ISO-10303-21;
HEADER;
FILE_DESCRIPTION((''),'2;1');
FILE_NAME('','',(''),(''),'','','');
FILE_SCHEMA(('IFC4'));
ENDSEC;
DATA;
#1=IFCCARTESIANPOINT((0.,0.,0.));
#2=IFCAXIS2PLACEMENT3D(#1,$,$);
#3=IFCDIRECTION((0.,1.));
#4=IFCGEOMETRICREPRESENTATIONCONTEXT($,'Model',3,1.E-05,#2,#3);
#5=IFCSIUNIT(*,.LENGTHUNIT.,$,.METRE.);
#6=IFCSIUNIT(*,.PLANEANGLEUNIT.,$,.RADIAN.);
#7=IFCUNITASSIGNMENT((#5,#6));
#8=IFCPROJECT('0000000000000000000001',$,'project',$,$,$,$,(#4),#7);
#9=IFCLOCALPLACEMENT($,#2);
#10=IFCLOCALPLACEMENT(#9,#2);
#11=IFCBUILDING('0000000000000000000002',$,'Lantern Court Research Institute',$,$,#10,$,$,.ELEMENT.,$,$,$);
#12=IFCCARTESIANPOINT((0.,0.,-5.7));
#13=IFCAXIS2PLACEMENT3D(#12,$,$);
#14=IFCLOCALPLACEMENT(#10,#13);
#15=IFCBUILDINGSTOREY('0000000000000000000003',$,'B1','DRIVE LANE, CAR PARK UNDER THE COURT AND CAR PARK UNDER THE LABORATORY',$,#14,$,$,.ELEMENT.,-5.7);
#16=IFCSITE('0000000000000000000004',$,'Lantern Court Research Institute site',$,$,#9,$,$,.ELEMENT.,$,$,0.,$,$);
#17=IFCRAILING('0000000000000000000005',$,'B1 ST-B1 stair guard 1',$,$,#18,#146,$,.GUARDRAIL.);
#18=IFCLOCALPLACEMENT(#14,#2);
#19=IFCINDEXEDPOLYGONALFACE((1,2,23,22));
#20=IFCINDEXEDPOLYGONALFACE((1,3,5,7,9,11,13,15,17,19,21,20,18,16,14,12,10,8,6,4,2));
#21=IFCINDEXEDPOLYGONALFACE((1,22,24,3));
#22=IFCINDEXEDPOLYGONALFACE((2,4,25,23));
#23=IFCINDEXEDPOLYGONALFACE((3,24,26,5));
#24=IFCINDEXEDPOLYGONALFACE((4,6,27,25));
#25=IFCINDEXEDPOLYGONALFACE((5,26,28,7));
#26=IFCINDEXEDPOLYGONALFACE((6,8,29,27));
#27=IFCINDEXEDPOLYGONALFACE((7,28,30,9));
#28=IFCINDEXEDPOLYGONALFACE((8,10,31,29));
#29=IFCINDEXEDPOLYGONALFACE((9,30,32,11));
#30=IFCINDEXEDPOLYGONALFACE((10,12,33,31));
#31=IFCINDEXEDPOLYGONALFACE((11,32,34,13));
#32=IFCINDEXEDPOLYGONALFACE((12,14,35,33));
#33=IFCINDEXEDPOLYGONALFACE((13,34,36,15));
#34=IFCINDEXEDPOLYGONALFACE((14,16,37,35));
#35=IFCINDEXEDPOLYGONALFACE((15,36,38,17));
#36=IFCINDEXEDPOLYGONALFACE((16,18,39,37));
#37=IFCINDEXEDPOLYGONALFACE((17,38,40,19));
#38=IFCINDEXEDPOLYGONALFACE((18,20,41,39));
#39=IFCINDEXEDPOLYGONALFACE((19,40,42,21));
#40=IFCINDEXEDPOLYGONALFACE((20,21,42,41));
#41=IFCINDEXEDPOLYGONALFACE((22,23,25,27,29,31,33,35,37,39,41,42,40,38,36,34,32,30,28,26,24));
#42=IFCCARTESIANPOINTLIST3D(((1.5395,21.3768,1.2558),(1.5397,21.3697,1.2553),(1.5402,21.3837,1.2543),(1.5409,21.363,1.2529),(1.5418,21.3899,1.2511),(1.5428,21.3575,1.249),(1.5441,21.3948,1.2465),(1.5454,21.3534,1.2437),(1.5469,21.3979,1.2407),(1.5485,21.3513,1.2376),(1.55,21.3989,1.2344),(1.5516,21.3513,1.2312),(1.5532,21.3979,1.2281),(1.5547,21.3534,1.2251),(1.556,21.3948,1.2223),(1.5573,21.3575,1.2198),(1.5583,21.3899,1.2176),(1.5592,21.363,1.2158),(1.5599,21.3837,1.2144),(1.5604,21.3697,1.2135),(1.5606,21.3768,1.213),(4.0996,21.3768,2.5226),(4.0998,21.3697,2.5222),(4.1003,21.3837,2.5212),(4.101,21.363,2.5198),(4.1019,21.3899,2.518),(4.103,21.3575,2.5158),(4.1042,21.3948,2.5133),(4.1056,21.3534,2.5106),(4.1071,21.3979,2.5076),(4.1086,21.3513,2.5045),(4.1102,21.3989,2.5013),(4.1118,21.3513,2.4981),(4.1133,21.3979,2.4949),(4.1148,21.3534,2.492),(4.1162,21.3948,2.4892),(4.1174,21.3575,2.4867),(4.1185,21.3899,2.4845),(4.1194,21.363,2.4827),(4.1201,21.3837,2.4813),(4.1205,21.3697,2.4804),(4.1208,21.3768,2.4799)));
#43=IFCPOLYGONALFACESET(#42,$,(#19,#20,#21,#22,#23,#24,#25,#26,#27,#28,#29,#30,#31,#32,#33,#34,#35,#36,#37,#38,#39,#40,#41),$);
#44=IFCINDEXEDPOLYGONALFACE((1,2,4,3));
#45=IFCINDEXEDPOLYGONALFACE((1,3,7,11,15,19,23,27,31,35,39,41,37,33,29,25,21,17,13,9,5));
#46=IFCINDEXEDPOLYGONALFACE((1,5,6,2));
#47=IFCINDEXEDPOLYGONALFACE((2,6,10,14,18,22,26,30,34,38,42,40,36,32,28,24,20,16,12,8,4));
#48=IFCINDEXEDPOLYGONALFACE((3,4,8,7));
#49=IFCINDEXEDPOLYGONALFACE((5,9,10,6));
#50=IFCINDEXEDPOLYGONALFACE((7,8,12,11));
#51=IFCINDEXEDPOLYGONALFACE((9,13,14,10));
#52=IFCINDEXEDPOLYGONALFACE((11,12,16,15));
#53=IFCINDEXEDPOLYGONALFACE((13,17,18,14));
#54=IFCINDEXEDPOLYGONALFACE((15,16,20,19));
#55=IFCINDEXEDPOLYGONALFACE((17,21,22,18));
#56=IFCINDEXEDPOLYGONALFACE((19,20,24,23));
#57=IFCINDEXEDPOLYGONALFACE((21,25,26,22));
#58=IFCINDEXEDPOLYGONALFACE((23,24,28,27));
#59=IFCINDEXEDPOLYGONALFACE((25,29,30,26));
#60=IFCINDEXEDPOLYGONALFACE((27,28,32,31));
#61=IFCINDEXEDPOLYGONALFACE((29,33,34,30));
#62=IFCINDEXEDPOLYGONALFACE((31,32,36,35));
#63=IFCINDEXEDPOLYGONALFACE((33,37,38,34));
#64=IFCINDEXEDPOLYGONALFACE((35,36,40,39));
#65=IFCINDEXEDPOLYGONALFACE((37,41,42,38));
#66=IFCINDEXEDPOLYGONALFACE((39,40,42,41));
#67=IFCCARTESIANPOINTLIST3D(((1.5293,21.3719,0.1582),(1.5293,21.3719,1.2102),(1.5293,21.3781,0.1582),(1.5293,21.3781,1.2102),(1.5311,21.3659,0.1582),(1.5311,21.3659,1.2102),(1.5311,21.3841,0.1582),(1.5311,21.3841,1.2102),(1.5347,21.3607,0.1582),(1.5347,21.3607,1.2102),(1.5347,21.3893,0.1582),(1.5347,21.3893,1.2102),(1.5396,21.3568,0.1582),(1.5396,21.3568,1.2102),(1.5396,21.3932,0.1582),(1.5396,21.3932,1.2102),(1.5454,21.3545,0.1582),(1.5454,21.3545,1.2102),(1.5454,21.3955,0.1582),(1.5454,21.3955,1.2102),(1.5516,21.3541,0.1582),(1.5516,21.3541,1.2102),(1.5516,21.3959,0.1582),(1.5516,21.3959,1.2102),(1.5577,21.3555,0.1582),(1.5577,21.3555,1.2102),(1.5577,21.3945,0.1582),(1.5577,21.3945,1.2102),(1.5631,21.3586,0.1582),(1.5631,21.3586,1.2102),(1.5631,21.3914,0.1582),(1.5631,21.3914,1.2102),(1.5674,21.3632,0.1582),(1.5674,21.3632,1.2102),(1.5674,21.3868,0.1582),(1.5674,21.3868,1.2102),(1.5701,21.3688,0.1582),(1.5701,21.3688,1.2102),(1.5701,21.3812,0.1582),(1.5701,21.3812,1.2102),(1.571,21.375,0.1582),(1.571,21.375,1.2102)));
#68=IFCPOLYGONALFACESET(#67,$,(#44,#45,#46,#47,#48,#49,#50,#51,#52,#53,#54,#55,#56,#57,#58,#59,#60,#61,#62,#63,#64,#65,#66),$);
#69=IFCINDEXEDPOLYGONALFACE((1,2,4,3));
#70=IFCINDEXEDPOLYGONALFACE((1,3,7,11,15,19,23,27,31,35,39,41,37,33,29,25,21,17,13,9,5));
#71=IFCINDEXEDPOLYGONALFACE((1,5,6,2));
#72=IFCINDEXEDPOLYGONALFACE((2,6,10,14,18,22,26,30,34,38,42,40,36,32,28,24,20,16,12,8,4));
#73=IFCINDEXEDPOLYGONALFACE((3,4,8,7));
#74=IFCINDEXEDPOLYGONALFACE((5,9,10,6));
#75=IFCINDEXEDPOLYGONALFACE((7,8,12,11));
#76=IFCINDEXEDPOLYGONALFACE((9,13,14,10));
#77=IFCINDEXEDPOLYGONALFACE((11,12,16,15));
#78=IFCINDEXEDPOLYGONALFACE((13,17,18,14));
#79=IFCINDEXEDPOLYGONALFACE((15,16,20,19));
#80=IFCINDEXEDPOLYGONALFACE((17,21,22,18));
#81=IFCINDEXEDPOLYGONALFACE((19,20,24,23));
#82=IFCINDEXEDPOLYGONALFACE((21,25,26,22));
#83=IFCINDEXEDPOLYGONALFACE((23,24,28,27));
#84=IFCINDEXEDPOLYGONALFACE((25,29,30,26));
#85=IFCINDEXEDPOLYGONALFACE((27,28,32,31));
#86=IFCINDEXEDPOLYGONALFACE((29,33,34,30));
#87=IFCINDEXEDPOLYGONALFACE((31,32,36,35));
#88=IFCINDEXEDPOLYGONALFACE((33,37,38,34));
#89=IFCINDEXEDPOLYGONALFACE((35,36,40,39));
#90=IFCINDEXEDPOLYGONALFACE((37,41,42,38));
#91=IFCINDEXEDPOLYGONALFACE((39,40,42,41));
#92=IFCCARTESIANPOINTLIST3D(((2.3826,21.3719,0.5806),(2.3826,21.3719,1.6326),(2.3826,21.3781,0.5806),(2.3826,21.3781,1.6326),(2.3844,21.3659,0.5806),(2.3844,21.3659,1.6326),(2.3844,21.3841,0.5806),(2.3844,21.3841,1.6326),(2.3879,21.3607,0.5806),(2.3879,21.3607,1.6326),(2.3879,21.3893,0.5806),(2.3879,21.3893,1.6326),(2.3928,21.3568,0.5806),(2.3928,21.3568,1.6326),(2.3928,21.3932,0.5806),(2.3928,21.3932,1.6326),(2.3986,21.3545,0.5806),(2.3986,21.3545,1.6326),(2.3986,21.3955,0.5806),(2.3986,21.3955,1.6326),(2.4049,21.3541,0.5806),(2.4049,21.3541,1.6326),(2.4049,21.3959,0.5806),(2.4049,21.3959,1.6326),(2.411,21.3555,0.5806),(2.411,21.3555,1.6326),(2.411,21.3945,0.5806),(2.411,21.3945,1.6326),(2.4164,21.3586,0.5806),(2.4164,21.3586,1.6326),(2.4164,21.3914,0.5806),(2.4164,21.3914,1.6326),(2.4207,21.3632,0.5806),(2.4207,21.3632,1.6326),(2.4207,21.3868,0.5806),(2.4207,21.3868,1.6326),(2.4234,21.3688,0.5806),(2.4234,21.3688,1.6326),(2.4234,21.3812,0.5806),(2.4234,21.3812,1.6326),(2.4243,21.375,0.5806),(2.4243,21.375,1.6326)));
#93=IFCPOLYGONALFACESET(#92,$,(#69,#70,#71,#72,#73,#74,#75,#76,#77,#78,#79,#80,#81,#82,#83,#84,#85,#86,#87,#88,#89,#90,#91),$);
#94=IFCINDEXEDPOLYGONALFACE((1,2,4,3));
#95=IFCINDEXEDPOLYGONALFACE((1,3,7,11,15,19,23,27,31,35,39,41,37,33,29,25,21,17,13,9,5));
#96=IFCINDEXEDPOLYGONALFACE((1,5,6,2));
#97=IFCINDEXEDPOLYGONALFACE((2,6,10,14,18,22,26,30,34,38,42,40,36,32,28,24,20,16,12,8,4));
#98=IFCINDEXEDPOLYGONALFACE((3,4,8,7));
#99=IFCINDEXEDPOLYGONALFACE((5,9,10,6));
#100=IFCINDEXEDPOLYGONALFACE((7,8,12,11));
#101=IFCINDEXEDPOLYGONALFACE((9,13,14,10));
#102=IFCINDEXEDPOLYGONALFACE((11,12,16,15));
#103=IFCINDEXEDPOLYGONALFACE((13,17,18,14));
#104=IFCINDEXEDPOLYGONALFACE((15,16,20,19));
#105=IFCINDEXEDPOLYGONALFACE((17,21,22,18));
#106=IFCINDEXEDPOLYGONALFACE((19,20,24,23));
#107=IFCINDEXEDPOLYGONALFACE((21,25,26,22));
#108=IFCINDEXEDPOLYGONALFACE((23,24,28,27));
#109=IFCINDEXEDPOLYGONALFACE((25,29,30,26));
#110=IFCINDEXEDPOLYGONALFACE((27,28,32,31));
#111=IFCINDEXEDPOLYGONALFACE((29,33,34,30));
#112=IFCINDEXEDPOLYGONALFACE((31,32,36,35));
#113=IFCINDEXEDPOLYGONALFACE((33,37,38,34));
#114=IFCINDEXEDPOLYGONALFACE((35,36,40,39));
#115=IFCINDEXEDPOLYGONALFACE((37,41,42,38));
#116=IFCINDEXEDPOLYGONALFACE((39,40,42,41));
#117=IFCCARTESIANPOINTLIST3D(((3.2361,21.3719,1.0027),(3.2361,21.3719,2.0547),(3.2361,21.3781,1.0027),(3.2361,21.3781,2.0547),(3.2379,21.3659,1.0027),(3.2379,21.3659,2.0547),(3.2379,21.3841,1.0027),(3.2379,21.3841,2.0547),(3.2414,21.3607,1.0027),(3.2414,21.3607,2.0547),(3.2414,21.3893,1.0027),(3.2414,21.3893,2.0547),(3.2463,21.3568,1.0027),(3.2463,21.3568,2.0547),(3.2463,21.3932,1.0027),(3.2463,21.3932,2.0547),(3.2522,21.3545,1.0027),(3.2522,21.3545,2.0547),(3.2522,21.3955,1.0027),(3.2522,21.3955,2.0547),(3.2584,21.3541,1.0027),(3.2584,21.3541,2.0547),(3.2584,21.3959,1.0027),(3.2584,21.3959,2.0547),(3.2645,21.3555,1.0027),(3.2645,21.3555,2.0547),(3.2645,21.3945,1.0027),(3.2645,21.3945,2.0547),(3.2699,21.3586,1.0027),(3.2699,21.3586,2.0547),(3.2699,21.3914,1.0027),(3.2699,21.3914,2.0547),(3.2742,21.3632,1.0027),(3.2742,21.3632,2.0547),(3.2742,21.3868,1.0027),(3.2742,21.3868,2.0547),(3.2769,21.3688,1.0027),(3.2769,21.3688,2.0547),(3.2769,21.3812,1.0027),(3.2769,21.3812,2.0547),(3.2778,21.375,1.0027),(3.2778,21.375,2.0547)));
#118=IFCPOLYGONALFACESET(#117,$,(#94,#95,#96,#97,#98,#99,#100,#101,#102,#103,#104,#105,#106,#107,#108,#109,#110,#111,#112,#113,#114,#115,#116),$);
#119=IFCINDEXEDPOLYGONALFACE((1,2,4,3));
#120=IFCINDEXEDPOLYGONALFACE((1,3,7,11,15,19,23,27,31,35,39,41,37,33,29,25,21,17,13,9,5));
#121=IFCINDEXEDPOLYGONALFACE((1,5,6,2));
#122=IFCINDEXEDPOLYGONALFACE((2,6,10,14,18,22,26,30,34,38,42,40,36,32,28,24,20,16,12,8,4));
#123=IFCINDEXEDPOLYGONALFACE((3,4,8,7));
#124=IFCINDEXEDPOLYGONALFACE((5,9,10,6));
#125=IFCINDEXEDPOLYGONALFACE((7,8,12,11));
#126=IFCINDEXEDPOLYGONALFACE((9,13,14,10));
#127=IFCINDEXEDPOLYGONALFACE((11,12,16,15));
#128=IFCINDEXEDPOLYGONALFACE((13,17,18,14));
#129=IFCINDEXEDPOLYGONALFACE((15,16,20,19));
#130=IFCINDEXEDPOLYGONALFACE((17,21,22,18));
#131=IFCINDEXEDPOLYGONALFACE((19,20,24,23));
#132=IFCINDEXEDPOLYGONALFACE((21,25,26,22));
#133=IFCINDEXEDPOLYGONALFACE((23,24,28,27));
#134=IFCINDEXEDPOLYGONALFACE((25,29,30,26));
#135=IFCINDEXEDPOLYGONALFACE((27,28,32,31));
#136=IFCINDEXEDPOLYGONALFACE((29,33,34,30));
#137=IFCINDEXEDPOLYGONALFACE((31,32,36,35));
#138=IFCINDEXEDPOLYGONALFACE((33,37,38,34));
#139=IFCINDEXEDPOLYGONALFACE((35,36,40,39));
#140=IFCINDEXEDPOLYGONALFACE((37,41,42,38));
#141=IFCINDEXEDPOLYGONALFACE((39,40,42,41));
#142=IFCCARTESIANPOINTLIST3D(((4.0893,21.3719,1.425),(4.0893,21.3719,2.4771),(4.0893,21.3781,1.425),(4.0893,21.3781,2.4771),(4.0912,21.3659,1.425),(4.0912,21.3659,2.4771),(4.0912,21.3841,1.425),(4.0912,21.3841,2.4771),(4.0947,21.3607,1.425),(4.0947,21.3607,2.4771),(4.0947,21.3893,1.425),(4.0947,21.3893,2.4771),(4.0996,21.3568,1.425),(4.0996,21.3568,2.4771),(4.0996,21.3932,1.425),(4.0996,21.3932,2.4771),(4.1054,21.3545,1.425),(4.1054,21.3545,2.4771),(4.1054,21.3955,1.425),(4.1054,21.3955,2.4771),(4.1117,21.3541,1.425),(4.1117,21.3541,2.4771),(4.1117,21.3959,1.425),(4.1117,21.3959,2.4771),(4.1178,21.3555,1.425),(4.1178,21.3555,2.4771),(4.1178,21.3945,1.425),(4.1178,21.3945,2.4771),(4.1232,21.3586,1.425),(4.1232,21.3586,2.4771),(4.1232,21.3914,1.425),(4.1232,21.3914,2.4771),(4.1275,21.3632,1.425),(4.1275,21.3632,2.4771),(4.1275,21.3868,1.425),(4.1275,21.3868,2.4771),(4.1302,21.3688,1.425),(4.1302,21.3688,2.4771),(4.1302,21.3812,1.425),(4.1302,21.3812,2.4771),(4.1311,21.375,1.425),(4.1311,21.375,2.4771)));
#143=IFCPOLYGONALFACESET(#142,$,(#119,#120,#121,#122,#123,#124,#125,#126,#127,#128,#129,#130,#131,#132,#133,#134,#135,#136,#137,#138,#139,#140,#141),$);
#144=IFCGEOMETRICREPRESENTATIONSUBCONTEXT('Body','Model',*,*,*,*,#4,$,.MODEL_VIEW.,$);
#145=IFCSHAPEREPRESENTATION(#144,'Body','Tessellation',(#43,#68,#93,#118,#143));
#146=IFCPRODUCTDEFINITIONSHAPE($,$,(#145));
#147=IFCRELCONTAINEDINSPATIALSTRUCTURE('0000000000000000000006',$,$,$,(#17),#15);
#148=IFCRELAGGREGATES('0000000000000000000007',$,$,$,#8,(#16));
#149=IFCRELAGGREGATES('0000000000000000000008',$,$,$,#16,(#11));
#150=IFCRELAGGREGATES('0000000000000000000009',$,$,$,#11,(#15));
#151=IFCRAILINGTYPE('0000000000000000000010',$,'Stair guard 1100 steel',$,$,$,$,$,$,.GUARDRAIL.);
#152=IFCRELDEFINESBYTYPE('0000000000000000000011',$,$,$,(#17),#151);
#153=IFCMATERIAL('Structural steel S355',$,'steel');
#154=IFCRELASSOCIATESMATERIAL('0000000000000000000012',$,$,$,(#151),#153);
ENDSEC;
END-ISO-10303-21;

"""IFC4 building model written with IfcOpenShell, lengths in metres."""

from ifc_helpers import new_model, si_unit, direction, frame, origin, origin_2d, place, context, subcontext, project, spatial, circle, extrude, material, type_object, element, save


model = new_model("IFC4")

# Units and contexts
model_context = context("Model", 3, precision=1e-05, world=origin(), true_north=direction((0.0, 1.0)))
body_context = subcontext(model_context, "Body", "Model", "MODEL_VIEW")
ifc_project = project(units=[si_unit("LENGTHUNIT", "METRE"), si_unit("PLANEANGLEUNIT", "RADIAN")], contexts=[model_context])

# Site, building, storey
site_placement = place(None, origin())
site = spatial("IfcSite", under=ifc_project, at=site_placement, Name="Lantern Court Research Institute site", CompositionType="ELEMENT", RefElevation=0.0)
building_placement = place(site_placement, origin())
building = spatial("IfcBuilding", under=site, at=building_placement, Name="Lantern Court Research Institute", CompositionType="ELEMENT")
storey_placement = place(building_placement, frame((0.0, 0.0, -5.7)))
storey = spatial("IfcBuildingStorey", under=building, at=storey_placement, Name="B1", Description="DRIVE LANE, CAR PARK UNDER THE COURT AND CAR PARK UNDER THE LABORATORY", CompositionType="ELEMENT", Elevation=-5.7)

# Railing
ifc_material_1 = material(Name="Structural steel S355", Category="steel")
railing_type_1 = type_object("IfcRailingType", Name="Stair guard 1100 steel", PredefinedType="GUARDRAIL", material=ifc_material_1)
railing_1_placement = place(storey_placement, frame((1.55, 21.375, 0.1582)))
element("IfcRailing", 1, at=railing_1_placement, inside=storey, type_object=railing_type_1, Name="B1 ST-B1 stair guard 1", PredefinedType="GUARDRAIL", context=body_context, shape_type="SweptSolid", body=[
    extrude(circle(Radius=0.0239, at=origin_2d()), frame((0.0, 0.0, 1.0762), z_axis=(0.896266, 0.0, 0.443517), x_axis=(0.0, 1.0, 0.0)), (0.0, 0.0, 1.0), 2.8564),
    extrude(circle(Radius=0.021, at=origin_2d()), origin(), (0.0, 0.0, 1.0), 1.052),
    extrude(circle(Radius=0.021, at=origin_2d()), frame((0.8533, 0.0, 0.4224)), (0.0, 0.0, 1.0), 1.052),
    extrude(circle(Radius=0.021, at=origin_2d()), frame((1.7068, 0.0, 0.8445)), (0.0, 0.0, 1.0), 1.052),
    extrude(circle(Radius=0.021, at=origin_2d()), frame((2.5601, 0.0, 1.2668)), (0.0, 0.0, 1.0), 1.052),
])

save(model, "model.ifc")
